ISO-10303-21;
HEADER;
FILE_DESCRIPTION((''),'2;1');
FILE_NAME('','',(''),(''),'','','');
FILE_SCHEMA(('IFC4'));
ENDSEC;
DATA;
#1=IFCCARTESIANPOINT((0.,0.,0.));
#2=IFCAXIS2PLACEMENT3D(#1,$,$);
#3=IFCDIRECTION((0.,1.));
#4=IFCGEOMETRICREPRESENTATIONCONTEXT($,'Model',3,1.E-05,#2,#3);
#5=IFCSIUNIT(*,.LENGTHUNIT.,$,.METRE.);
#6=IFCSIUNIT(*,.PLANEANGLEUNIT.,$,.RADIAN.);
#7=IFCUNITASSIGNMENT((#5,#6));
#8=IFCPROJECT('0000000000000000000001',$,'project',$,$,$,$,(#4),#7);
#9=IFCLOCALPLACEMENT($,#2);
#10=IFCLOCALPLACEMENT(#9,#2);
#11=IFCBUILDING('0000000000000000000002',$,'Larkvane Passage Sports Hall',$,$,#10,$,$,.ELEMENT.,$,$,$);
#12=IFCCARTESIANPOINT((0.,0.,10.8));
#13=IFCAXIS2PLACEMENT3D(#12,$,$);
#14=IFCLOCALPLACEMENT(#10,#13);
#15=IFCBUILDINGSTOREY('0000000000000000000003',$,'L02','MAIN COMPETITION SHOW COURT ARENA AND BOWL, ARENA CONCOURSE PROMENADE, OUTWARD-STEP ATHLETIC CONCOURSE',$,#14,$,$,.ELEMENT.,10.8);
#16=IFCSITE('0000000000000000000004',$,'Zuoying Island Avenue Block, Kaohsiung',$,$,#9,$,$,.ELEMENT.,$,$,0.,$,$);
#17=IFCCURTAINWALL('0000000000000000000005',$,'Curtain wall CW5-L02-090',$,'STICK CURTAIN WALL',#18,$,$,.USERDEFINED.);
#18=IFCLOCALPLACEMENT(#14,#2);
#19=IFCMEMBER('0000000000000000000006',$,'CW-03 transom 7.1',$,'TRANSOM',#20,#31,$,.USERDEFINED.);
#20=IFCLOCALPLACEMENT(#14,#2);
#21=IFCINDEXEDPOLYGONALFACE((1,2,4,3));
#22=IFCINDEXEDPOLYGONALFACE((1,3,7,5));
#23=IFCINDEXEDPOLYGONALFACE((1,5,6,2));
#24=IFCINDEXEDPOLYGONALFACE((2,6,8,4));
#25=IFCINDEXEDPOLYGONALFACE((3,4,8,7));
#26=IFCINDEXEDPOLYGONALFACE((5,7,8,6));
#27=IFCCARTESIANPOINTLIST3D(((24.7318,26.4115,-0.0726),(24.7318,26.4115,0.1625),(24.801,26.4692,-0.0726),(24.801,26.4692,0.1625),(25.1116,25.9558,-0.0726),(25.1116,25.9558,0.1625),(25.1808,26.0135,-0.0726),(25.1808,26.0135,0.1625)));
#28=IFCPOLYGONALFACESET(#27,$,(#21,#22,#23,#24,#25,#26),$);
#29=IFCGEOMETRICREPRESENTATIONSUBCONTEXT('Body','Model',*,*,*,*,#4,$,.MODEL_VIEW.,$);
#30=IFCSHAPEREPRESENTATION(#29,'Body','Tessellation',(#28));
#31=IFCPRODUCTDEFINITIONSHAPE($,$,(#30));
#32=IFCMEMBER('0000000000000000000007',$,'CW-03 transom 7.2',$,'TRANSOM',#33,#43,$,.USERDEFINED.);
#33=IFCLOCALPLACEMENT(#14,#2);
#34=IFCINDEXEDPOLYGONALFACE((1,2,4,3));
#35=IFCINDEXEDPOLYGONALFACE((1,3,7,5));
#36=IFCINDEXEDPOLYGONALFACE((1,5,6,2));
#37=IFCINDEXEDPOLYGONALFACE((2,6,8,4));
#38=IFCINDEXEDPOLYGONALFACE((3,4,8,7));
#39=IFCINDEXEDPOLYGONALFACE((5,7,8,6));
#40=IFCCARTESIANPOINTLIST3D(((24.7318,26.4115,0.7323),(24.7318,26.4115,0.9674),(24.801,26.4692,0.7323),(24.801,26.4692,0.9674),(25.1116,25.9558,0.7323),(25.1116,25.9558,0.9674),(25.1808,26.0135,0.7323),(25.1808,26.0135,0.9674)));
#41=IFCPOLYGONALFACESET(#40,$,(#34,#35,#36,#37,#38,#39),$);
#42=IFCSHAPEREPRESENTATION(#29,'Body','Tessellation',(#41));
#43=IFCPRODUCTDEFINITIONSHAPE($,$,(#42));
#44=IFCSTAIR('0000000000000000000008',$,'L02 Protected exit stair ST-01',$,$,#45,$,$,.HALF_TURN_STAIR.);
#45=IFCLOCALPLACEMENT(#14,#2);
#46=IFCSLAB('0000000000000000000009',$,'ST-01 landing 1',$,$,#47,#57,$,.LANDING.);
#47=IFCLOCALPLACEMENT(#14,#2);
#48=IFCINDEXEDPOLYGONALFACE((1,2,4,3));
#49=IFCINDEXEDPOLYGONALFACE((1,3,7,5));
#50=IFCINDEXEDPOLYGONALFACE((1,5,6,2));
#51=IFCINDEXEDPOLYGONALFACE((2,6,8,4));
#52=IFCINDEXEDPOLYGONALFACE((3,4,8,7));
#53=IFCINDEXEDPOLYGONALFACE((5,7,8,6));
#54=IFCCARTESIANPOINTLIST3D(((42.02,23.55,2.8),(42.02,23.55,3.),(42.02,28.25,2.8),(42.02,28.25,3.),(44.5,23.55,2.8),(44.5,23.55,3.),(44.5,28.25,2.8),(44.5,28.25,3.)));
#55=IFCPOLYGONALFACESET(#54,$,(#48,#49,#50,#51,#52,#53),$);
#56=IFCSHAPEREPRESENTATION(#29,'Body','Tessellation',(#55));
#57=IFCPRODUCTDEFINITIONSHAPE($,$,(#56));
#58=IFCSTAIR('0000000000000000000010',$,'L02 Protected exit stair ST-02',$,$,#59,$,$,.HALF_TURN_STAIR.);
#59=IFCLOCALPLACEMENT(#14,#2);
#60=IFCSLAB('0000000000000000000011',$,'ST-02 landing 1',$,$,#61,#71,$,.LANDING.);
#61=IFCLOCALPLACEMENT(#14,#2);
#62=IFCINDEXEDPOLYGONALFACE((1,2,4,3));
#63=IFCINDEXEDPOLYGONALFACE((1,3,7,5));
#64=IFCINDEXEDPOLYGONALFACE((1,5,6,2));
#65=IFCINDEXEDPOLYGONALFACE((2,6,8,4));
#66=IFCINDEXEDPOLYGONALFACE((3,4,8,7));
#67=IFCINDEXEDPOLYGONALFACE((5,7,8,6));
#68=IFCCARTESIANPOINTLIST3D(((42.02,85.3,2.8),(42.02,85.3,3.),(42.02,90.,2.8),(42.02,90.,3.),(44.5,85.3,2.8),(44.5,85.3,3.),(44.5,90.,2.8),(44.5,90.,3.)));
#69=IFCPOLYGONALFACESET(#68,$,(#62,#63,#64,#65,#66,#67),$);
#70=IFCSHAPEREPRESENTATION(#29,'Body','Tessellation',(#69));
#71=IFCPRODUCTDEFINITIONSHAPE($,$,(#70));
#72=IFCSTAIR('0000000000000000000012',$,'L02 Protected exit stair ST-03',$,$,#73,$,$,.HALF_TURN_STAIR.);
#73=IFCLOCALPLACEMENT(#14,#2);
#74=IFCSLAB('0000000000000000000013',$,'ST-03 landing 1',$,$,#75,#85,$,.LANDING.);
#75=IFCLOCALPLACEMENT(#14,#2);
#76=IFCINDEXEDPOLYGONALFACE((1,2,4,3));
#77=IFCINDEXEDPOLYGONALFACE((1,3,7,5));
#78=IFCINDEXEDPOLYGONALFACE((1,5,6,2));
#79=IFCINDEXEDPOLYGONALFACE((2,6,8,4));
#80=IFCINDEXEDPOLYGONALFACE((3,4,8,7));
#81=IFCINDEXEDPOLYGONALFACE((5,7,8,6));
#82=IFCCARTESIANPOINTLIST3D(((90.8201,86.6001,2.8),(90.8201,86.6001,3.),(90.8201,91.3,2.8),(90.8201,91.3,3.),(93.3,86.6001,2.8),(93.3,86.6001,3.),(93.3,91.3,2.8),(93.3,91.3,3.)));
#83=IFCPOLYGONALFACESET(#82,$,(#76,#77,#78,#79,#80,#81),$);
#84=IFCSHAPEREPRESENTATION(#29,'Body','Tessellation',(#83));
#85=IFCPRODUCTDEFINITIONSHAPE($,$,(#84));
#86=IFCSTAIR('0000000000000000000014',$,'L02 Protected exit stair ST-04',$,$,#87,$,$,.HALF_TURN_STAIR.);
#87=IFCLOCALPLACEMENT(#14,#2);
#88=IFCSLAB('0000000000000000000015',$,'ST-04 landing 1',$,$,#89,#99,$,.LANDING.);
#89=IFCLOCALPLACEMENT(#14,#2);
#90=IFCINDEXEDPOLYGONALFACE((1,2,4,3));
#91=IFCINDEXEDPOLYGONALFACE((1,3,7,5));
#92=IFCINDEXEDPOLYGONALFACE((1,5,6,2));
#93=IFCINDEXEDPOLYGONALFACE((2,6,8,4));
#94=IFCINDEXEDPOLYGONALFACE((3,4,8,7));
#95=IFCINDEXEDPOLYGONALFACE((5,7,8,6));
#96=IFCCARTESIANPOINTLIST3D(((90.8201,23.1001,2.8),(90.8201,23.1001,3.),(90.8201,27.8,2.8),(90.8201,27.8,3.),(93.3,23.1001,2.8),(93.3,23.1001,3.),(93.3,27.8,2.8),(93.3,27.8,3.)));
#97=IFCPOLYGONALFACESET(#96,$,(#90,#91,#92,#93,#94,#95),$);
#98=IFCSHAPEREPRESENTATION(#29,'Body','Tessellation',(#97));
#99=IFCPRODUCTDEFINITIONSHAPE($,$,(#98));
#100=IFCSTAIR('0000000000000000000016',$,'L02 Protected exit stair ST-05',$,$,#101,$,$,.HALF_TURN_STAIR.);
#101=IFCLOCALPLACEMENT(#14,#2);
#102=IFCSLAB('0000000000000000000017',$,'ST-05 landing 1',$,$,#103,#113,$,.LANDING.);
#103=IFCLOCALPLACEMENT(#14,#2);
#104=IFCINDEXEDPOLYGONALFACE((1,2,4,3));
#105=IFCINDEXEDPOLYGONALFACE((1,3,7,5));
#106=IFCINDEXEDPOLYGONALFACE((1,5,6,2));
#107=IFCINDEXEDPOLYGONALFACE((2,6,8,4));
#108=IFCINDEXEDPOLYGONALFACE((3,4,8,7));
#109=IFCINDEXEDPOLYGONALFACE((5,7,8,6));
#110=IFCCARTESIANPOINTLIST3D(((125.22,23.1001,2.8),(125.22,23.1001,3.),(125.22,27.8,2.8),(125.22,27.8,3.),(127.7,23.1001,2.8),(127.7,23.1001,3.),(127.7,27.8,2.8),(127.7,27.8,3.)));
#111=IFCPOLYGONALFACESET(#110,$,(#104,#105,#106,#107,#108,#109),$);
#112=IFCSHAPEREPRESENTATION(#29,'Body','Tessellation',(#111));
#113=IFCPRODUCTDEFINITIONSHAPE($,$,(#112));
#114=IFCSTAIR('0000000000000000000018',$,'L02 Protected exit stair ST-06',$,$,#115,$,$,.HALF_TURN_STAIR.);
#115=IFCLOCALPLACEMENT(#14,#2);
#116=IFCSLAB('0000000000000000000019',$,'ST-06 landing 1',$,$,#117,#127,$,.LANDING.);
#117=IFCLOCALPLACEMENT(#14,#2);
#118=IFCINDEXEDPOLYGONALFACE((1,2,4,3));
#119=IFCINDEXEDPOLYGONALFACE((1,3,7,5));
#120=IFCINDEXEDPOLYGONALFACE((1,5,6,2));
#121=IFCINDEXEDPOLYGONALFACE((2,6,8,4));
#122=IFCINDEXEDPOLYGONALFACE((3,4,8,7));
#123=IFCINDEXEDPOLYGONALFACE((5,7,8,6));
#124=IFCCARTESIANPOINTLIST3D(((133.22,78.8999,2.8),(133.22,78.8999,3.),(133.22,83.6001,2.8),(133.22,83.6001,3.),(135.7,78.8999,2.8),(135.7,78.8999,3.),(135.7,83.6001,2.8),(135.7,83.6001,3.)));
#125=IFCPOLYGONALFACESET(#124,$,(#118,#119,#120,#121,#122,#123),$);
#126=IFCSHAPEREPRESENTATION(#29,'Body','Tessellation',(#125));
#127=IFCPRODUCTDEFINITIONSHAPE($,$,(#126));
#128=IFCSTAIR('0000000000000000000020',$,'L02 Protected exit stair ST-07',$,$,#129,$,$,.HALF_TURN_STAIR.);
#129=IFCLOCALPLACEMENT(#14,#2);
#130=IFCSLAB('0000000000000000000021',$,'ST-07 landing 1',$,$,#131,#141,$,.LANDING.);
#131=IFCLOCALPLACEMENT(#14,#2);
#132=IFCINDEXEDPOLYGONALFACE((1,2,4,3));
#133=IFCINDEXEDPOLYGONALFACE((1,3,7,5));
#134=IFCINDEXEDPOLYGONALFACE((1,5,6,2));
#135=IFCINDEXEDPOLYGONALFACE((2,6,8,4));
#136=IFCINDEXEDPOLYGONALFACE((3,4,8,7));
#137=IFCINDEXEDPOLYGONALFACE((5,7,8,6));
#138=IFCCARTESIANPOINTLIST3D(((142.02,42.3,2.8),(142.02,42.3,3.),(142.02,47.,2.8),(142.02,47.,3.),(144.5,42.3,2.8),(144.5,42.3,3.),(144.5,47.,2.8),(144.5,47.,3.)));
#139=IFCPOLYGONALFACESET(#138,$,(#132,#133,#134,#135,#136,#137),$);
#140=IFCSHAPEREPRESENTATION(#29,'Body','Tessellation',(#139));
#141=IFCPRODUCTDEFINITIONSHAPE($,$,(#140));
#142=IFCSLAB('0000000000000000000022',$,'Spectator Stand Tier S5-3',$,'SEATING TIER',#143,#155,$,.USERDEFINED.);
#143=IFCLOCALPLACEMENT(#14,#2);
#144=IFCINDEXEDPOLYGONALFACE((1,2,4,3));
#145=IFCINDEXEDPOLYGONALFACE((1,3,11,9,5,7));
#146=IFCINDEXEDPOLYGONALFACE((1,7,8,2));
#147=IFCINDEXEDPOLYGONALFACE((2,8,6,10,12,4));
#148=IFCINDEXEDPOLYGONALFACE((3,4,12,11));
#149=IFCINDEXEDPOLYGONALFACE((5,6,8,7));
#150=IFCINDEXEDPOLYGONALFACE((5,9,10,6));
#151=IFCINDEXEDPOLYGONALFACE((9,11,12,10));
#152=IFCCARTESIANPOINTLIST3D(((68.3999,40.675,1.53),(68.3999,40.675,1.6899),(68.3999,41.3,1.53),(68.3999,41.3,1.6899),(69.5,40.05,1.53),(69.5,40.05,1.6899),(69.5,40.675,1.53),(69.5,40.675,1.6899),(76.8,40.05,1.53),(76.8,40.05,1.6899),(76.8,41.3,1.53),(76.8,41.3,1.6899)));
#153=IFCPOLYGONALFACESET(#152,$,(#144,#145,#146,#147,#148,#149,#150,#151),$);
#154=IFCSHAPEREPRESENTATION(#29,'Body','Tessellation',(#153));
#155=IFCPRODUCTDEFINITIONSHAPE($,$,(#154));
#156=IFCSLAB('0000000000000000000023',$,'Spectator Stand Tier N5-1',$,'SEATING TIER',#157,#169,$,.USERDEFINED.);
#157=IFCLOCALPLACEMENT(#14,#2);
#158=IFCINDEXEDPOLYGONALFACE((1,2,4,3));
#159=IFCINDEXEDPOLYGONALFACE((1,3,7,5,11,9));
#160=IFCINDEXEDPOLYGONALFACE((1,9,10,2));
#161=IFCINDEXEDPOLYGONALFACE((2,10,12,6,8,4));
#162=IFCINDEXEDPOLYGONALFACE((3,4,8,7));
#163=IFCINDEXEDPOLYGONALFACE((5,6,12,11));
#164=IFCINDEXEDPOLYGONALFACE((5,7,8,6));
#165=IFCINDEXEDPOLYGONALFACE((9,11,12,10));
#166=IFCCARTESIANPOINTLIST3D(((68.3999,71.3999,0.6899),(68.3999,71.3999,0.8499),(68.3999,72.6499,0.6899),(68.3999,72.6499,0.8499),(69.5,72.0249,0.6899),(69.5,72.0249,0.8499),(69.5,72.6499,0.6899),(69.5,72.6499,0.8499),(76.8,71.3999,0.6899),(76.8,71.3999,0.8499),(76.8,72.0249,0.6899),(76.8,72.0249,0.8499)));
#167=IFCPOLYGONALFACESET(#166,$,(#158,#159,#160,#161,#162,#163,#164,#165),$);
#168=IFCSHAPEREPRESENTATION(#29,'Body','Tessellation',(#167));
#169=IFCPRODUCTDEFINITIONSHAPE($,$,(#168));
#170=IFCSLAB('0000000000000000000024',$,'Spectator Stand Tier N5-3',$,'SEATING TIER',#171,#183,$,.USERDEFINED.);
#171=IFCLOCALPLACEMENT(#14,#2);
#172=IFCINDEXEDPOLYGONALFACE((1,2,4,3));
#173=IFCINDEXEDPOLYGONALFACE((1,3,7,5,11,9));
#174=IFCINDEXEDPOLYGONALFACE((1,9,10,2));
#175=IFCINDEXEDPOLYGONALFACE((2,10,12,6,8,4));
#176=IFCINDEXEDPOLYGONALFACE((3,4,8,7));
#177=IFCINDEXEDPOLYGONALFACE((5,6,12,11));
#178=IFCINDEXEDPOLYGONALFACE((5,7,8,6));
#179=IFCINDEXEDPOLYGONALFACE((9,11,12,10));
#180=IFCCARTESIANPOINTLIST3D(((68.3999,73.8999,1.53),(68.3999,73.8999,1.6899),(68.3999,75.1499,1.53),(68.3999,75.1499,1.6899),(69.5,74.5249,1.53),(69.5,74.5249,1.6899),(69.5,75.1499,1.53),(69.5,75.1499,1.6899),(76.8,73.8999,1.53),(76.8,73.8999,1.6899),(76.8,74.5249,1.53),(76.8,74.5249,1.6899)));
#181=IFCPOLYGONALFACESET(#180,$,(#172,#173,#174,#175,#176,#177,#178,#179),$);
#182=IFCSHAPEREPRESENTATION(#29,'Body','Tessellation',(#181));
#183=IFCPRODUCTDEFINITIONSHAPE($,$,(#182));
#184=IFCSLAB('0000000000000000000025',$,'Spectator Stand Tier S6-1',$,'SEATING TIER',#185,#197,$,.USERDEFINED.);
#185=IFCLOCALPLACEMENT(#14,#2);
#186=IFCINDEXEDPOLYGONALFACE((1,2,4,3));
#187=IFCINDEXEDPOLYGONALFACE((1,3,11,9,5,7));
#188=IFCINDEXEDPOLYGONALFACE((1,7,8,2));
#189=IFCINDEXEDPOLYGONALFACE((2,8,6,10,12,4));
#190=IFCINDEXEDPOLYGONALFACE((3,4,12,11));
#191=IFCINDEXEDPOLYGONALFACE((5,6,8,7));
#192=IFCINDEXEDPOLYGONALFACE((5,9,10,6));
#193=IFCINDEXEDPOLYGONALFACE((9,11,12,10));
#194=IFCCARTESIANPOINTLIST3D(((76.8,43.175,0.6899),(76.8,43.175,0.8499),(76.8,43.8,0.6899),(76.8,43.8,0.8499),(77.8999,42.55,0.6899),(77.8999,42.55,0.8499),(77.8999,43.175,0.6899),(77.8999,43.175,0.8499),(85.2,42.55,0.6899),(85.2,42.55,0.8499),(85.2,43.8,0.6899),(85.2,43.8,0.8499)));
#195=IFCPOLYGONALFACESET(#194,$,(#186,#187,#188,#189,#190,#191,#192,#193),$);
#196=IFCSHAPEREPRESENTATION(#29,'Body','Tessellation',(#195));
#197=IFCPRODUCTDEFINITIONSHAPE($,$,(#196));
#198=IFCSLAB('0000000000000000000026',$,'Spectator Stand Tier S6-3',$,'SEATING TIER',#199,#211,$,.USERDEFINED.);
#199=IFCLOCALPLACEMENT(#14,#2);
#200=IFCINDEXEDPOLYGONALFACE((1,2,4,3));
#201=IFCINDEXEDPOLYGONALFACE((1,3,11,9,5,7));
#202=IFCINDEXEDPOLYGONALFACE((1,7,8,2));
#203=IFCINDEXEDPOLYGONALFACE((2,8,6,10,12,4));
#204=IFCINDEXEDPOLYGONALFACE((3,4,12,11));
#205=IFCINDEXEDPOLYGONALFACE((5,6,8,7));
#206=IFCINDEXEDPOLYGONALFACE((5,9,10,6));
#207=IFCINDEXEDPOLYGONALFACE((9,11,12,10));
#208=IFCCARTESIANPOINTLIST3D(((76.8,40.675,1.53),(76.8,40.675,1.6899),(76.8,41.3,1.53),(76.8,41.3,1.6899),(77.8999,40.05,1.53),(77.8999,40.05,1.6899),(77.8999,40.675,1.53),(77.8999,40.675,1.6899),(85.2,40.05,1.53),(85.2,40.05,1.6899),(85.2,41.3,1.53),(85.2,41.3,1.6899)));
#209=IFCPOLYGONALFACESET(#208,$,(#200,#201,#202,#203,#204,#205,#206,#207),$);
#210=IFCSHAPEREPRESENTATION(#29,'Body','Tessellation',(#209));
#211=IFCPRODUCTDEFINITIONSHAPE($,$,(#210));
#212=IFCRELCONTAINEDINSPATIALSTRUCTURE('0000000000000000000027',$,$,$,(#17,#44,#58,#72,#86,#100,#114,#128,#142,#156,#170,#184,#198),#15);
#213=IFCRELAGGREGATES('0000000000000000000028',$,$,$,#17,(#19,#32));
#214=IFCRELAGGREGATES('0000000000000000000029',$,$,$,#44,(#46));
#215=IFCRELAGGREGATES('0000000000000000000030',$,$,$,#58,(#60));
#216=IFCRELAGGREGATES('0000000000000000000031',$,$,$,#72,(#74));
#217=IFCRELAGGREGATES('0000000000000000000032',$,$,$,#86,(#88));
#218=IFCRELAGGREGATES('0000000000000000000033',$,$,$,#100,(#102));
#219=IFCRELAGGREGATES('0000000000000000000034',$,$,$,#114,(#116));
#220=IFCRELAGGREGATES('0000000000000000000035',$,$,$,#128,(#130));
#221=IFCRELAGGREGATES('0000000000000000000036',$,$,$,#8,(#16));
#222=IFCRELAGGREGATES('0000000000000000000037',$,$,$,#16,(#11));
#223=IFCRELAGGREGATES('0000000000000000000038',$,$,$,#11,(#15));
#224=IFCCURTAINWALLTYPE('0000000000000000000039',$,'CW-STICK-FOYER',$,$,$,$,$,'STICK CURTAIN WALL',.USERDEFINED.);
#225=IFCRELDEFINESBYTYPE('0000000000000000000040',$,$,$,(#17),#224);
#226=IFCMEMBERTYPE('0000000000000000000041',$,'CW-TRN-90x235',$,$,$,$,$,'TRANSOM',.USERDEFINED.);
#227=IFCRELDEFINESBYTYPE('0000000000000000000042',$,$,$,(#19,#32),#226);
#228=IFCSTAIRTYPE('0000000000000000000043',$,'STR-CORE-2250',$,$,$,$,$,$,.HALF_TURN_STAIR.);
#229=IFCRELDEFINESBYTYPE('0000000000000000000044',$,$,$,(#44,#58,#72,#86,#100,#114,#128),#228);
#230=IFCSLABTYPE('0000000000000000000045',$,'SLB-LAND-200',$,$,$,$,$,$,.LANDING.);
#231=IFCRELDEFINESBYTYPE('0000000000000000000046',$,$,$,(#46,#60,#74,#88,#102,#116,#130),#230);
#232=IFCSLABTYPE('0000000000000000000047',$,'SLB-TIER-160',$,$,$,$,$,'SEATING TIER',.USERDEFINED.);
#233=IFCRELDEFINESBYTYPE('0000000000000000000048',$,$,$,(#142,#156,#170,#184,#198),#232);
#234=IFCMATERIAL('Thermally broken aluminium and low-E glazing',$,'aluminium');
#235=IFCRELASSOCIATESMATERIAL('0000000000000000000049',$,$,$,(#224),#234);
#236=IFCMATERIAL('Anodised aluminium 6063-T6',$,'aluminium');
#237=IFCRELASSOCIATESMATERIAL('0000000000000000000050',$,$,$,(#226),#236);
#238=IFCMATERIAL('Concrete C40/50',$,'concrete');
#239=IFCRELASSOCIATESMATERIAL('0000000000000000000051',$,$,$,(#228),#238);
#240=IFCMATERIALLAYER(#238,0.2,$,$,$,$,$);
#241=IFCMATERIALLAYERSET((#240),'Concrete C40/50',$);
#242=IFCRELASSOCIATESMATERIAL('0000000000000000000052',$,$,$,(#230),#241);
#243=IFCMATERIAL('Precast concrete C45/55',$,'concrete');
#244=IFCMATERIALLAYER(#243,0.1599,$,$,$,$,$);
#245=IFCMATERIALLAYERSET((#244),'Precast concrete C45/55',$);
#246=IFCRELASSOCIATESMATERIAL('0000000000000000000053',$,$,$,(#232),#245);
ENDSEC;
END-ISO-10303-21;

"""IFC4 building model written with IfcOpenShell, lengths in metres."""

from ifc_helpers import new_model, si_unit, direction, frame, origin, origin_2d, place, context, subcontext, project, spatial, polyline, rectangle, outline, extrude, material, layer, layer_set, material_profile, profile_set, type_object, element, aggregate, save


model = new_model("IFC4")

# Units and contexts
model_context = context("Model", 3, precision=1e-05, world=origin(), true_north=direction((0.0, 1.0)))
body_context = subcontext(model_context, "Body", "Model", "MODEL_VIEW")
ifc_project = project(units=[si_unit("LENGTHUNIT", "METRE"), si_unit("PLANEANGLEUNIT", "RADIAN")], contexts=[model_context])

# Site, building, storey
site_placement = place(None, origin())
site = spatial("IfcSite", under=ifc_project, at=site_placement, Name="Zuoying Island Avenue Block, Kaohsiung", CompositionType="ELEMENT", RefElevation=0.0)
building_placement = place(site_placement, origin())
building = spatial("IfcBuilding", under=site, at=building_placement, Name="Larkvane Passage Sports Hall", CompositionType="ELEMENT")
storey_placement = place(building_placement, frame((0.0, 0.0, 10.8)))
storey = spatial("IfcBuildingStorey", under=building, at=storey_placement, Name="L02", Description="MAIN COMPETITION SHOW COURT ARENA AND BOWL, ARENA CONCOURSE PROMENADE, OUTWARD-STEP ATHLETIC CONCOURSE", CompositionType="ELEMENT", Elevation=10.8)

# Curtain wall, members
ifc_material_1 = material(Name="Thermally broken aluminium and low-E glazing", Category="aluminium")
curtain_wall_type = type_object("IfcCurtainWallType", Name="CW-STICK-FOYER", ElementType="STICK CURTAIN WALL", PredefinedType="USERDEFINED", material=ifc_material_1)
curtain_wall_placement = place(storey_placement, origin())
curtain_wall = element("IfcCurtainWall", 1, at=curtain_wall_placement, inside=storey, type_object=curtain_wall_type, Name="Curtain wall CW5-L02-090", ObjectType="STICK CURTAIN WALL", PredefinedType="USERDEFINED")
ifc_material_2 = material(Name="Anodised aluminium 6063-T6", Category="aluminium")
ifc_material_profile = material_profile(ifc_material_2, rectangle(XDim=0.0901, YDim=0.2351, at=origin_2d()), Name="ALU-TRN-90x235")
ifc_profile_set = profile_set([ifc_material_profile], Name="Anodised aluminium 6063-T6")
member_type = type_object("IfcMemberType", Name="CW-TRN-90x235", ElementType="TRANSOM", PredefinedType="USERDEFINED", material=ifc_profile_set)
member_1_placement = place(storey_placement, frame((25.1462, 25.9846, 0.0449), z_axis=(-0.640225, 0.768188, 0.0), x_axis=(-0.768188, -0.640225, 0.0)))
member_1 = element("IfcMember", 2, at=member_1_placement, type_object=member_type, Name="CW-03 transom 7.1", ObjectType="TRANSOM", PredefinedType="USERDEFINED", context=body_context, shape_type="SweptSolid", body=[
    extrude(rectangle(XDim=0.0901, YDim=0.2351, at=origin_2d()), origin(), (0.0, 0.0, 1.0), 0.5933),
])
member_2_placement = place(storey_placement, frame((25.1462, 25.9846, 0.8499), z_axis=(-0.640225, 0.768188, 0.0), x_axis=(-0.768188, -0.640225, 0.0)))
member_2 = element("IfcMember", 3, at=member_2_placement, type_object=member_type, Name="CW-03 transom 7.2", ObjectType="TRANSOM", PredefinedType="USERDEFINED", context=body_context, shape_type="SweptSolid", body=[
    extrude(rectangle(XDim=0.0901, YDim=0.2351, at=origin_2d()), origin(), (0.0, 0.0, 1.0), 0.5933),
])
aggregate(curtain_wall, [member_1, member_2])

# Stairs, slabs
ifc_material_3 = material(Name="Concrete C40/50", Category="concrete")
stair_type = type_object("IfcStairType", Name="STR-CORE-2250", PredefinedType="HALF_TURN_STAIR", material=ifc_material_3)
stair_1_placement = place(storey_placement, origin())
stair_1 = element("IfcStair", 4, at=stair_1_placement, inside=storey, type_object=stair_type, Name="L02 Protected exit stair ST-01", PredefinedType="HALF_TURN_STAIR")
ifc_layer_1 = layer(ifc_material_3, 0.2)
ifc_layer_set_1 = layer_set([ifc_layer_1], Name="Concrete C40/50")
slab_type_1 = type_object("IfcSlabType", Name="SLB-LAND-200", PredefinedType="LANDING", material=ifc_layer_set_1)
slab_1_placement = place(storey_placement, frame((0.0, 0.0, 2.8)))
slab_1 = element("IfcSlab", 5, at=slab_1_placement, type_object=slab_type_1, Name="ST-01 landing 1", PredefinedType="LANDING", context=body_context, shape_type="SweptSolid", body=[
    extrude(outline(polyline([(42.02, 23.55), (44.5, 23.55), (44.5, 28.25), (42.02, 28.25), (42.02, 23.55)])), origin(), (0.0, 0.0, 1.0), 0.2),
])
aggregate(stair_1, [slab_1])
stair_2_placement = place(storey_placement, origin())
stair_2 = element("IfcStair", 6, at=stair_2_placement, inside=storey, type_object=stair_type, Name="L02 Protected exit stair ST-02", PredefinedType="HALF_TURN_STAIR")
slab_2_placement = place(storey_placement, frame((0.0, 0.0, 2.8)))
slab_2 = element("IfcSlab", 7, at=slab_2_placement, type_object=slab_type_1, Name="ST-02 landing 1", PredefinedType="LANDING", context=body_context, shape_type="SweptSolid", body=[
    extrude(outline(polyline([(42.02, 85.3), (44.5, 85.3), (44.5, 90.0), (42.02, 90.0), (42.02, 85.3)])), origin(), (0.0, 0.0, 1.0), 0.2),
])
aggregate(stair_2, [slab_2])
stair_3_placement = place(storey_placement, origin())
stair_3 = element("IfcStair", 8, at=stair_3_placement, inside=storey, type_object=stair_type, Name="L02 Protected exit stair ST-03", PredefinedType="HALF_TURN_STAIR")
slab_3_placement = place(storey_placement, frame((0.0, 0.0, 2.8)))
slab_3 = element("IfcSlab", 9, at=slab_3_placement, type_object=slab_type_1, Name="ST-03 landing 1", PredefinedType="LANDING", context=body_context, shape_type="SweptSolid", body=[
    extrude(outline(polyline([(90.8201, 86.6001), (93.3, 86.6001), (93.3, 91.3), (90.8201, 91.3), (90.8201, 86.6001)])), origin(), (0.0, 0.0, 1.0), 0.2),
])
aggregate(stair_3, [slab_3])
stair_4_placement = place(storey_placement, origin())
stair_4 = element("IfcStair", 10, at=stair_4_placement, inside=storey, type_object=stair_type, Name="L02 Protected exit stair ST-04", PredefinedType="HALF_TURN_STAIR")
slab_4_placement = place(storey_placement, frame((0.0, 0.0, 2.8)))
slab_4 = element("IfcSlab", 11, at=slab_4_placement, type_object=slab_type_1, Name="ST-04 landing 1", PredefinedType="LANDING", context=body_context, shape_type="SweptSolid", body=[
    extrude(outline(polyline([(90.8201, 23.1001), (93.3, 23.1001), (93.3, 27.8), (90.8201, 27.8), (90.8201, 23.1001)])), origin(), (0.0, 0.0, 1.0), 0.2),
])
aggregate(stair_4, [slab_4])
stair_5_placement = place(storey_placement, origin())
stair_5 = element("IfcStair", 12, at=stair_5_placement, inside=storey, type_object=stair_type, Name="L02 Protected exit stair ST-05", PredefinedType="HALF_TURN_STAIR")
slab_5_placement = place(storey_placement, frame((0.0, 0.0, 2.8)))
slab_5 = element("IfcSlab", 13, at=slab_5_placement, type_object=slab_type_1, Name="ST-05 landing 1", PredefinedType="LANDING", context=body_context, shape_type="SweptSolid", body=[
    extrude(outline(polyline([(125.22, 23.1001), (127.7, 23.1001), (127.7, 27.8), (125.22, 27.8), (125.22, 23.1001)])), origin(), (0.0, 0.0, 1.0), 0.2),
])
aggregate(stair_5, [slab_5])
stair_6_placement = place(storey_placement, origin())
stair_6 = element("IfcStair", 14, at=stair_6_placement, inside=storey, type_object=stair_type, Name="L02 Protected exit stair ST-06", PredefinedType="HALF_TURN_STAIR")
slab_6_placement = place(storey_placement, frame((0.0, 0.0, 2.8)))
slab_6 = element("IfcSlab", 15, at=slab_6_placement, type_object=slab_type_1, Name="ST-06 landing 1", PredefinedType="LANDING", context=body_context, shape_type="SweptSolid", body=[
    extrude(outline(polyline([(133.22, 78.8999), (135.7, 78.8999), (135.7, 83.6001), (133.22, 83.6001), (133.22, 78.8999)])), origin(), (0.0, 0.0, 1.0), 0.2),
])
aggregate(stair_6, [slab_6])
stair_7_placement = place(storey_placement, origin())
stair_7 = element("IfcStair", 16, at=stair_7_placement, inside=storey, type_object=stair_type, Name="L02 Protected exit stair ST-07", PredefinedType="HALF_TURN_STAIR")
slab_7_placement = place(storey_placement, frame((0.0, 0.0, 2.8)))
slab_7 = element("IfcSlab", 17, at=slab_7_placement, type_object=slab_type_1, Name="ST-07 landing 1", PredefinedType="LANDING", context=body_context, shape_type="SweptSolid", body=[
    extrude(outline(polyline([(142.02, 42.3), (144.5, 42.3), (144.5, 47.0), (142.02, 47.0), (142.02, 42.3)])), origin(), (0.0, 0.0, 1.0), 0.2),
])
aggregate(stair_7, [slab_7])

# Slabs
ifc_material_4 = material(Name="Precast concrete C45/55", Category="concrete")
ifc_layer_2 = layer(ifc_material_4, 0.1599)
ifc_layer_set_2 = layer_set([ifc_layer_2], Name="Precast concrete C45/55")
slab_type_2 = type_object("IfcSlabType", Name="SLB-TIER-160", ElementType="SEATING TIER", PredefinedType="USERDEFINED", material=ifc_layer_set_2)
slab_8_placement = place(storey_placement, frame((0.0, 0.0, 1.53)))
element("IfcSlab", 18, at=slab_8_placement, inside=storey, type_object=slab_type_2, Name="Spectator Stand Tier S5-3", ObjectType="SEATING TIER", PredefinedType="USERDEFINED", context=body_context, shape_type="SweptSolid", body=[
    extrude(outline(polyline([(69.5, 40.05), (76.8, 40.05), (76.8, 41.3), (68.3999, 41.3), (68.3999, 40.675), (69.5, 40.675), (69.5, 40.05)])), origin(), (0.0, 0.0, 1.0), 0.1599),
])
slab_9_placement = place(storey_placement, frame((0.0, 0.0, 0.6899)))
element("IfcSlab", 19, at=slab_9_placement, inside=storey, type_object=slab_type_2, Name="Spectator Stand Tier N5-1", ObjectType="SEATING TIER", PredefinedType="USERDEFINED", context=body_context, shape_type="SweptSolid", body=[
    extrude(outline(polyline([(68.3999, 71.3999), (76.8, 71.3999), (76.8, 72.0249), (69.5, 72.0249), (69.5, 72.6499), (68.3999, 72.6499), (68.3999, 71.3999)])), origin(), (0.0, 0.0, 1.0), 0.1599),
])
slab_10_placement = place(storey_placement, frame((0.0, 0.0, 1.53)))
element("IfcSlab", 20, at=slab_10_placement, inside=storey, type_object=slab_type_2, Name="Spectator Stand Tier N5-3", ObjectType="SEATING TIER", PredefinedType="USERDEFINED", context=body_context, shape_type="SweptSolid", body=[
    extrude(outline(polyline([(68.3999, 73.8999), (76.8, 73.8999), (76.8, 74.5249), (69.5, 74.5249), (69.5, 75.1499), (68.3999, 75.1499), (68.3999, 73.8999)])), origin(), (0.0, 0.0, 1.0), 0.1599),
])
slab_11_placement = place(storey_placement, frame((0.0, 0.0, 0.6899)))
element("IfcSlab", 21, at=slab_11_placement, inside=storey, type_object=slab_type_2, Name="Spectator Stand Tier S6-1", ObjectType="SEATING TIER", PredefinedType="USERDEFINED", context=body_context, shape_type="SweptSolid", body=[
    extrude(outline(polyline([(77.8999, 42.55), (85.2, 42.55), (85.2, 43.8), (76.8, 43.8), (76.8, 43.175), (77.8999, 43.175), (77.8999, 42.55)])), origin(), (0.0, 0.0, 1.0), 0.1599),
])
slab_12_placement = place(storey_placement, frame((0.0, 0.0, 1.53)))
element("IfcSlab", 22, at=slab_12_placement, inside=storey, type_object=slab_type_2, Name="Spectator Stand Tier S6-3", ObjectType="SEATING TIER", PredefinedType="USERDEFINED", context=body_context, shape_type="SweptSolid", body=[
    extrude(outline(polyline([(77.8999, 40.05), (85.2, 40.05), (85.2, 41.3), (76.8, 41.3), (76.8, 40.675), (77.8999, 40.675), (77.8999, 40.05)])), origin(), (0.0, 0.0, 1.0), 0.1599),
])

save(model, "model.ifc")
